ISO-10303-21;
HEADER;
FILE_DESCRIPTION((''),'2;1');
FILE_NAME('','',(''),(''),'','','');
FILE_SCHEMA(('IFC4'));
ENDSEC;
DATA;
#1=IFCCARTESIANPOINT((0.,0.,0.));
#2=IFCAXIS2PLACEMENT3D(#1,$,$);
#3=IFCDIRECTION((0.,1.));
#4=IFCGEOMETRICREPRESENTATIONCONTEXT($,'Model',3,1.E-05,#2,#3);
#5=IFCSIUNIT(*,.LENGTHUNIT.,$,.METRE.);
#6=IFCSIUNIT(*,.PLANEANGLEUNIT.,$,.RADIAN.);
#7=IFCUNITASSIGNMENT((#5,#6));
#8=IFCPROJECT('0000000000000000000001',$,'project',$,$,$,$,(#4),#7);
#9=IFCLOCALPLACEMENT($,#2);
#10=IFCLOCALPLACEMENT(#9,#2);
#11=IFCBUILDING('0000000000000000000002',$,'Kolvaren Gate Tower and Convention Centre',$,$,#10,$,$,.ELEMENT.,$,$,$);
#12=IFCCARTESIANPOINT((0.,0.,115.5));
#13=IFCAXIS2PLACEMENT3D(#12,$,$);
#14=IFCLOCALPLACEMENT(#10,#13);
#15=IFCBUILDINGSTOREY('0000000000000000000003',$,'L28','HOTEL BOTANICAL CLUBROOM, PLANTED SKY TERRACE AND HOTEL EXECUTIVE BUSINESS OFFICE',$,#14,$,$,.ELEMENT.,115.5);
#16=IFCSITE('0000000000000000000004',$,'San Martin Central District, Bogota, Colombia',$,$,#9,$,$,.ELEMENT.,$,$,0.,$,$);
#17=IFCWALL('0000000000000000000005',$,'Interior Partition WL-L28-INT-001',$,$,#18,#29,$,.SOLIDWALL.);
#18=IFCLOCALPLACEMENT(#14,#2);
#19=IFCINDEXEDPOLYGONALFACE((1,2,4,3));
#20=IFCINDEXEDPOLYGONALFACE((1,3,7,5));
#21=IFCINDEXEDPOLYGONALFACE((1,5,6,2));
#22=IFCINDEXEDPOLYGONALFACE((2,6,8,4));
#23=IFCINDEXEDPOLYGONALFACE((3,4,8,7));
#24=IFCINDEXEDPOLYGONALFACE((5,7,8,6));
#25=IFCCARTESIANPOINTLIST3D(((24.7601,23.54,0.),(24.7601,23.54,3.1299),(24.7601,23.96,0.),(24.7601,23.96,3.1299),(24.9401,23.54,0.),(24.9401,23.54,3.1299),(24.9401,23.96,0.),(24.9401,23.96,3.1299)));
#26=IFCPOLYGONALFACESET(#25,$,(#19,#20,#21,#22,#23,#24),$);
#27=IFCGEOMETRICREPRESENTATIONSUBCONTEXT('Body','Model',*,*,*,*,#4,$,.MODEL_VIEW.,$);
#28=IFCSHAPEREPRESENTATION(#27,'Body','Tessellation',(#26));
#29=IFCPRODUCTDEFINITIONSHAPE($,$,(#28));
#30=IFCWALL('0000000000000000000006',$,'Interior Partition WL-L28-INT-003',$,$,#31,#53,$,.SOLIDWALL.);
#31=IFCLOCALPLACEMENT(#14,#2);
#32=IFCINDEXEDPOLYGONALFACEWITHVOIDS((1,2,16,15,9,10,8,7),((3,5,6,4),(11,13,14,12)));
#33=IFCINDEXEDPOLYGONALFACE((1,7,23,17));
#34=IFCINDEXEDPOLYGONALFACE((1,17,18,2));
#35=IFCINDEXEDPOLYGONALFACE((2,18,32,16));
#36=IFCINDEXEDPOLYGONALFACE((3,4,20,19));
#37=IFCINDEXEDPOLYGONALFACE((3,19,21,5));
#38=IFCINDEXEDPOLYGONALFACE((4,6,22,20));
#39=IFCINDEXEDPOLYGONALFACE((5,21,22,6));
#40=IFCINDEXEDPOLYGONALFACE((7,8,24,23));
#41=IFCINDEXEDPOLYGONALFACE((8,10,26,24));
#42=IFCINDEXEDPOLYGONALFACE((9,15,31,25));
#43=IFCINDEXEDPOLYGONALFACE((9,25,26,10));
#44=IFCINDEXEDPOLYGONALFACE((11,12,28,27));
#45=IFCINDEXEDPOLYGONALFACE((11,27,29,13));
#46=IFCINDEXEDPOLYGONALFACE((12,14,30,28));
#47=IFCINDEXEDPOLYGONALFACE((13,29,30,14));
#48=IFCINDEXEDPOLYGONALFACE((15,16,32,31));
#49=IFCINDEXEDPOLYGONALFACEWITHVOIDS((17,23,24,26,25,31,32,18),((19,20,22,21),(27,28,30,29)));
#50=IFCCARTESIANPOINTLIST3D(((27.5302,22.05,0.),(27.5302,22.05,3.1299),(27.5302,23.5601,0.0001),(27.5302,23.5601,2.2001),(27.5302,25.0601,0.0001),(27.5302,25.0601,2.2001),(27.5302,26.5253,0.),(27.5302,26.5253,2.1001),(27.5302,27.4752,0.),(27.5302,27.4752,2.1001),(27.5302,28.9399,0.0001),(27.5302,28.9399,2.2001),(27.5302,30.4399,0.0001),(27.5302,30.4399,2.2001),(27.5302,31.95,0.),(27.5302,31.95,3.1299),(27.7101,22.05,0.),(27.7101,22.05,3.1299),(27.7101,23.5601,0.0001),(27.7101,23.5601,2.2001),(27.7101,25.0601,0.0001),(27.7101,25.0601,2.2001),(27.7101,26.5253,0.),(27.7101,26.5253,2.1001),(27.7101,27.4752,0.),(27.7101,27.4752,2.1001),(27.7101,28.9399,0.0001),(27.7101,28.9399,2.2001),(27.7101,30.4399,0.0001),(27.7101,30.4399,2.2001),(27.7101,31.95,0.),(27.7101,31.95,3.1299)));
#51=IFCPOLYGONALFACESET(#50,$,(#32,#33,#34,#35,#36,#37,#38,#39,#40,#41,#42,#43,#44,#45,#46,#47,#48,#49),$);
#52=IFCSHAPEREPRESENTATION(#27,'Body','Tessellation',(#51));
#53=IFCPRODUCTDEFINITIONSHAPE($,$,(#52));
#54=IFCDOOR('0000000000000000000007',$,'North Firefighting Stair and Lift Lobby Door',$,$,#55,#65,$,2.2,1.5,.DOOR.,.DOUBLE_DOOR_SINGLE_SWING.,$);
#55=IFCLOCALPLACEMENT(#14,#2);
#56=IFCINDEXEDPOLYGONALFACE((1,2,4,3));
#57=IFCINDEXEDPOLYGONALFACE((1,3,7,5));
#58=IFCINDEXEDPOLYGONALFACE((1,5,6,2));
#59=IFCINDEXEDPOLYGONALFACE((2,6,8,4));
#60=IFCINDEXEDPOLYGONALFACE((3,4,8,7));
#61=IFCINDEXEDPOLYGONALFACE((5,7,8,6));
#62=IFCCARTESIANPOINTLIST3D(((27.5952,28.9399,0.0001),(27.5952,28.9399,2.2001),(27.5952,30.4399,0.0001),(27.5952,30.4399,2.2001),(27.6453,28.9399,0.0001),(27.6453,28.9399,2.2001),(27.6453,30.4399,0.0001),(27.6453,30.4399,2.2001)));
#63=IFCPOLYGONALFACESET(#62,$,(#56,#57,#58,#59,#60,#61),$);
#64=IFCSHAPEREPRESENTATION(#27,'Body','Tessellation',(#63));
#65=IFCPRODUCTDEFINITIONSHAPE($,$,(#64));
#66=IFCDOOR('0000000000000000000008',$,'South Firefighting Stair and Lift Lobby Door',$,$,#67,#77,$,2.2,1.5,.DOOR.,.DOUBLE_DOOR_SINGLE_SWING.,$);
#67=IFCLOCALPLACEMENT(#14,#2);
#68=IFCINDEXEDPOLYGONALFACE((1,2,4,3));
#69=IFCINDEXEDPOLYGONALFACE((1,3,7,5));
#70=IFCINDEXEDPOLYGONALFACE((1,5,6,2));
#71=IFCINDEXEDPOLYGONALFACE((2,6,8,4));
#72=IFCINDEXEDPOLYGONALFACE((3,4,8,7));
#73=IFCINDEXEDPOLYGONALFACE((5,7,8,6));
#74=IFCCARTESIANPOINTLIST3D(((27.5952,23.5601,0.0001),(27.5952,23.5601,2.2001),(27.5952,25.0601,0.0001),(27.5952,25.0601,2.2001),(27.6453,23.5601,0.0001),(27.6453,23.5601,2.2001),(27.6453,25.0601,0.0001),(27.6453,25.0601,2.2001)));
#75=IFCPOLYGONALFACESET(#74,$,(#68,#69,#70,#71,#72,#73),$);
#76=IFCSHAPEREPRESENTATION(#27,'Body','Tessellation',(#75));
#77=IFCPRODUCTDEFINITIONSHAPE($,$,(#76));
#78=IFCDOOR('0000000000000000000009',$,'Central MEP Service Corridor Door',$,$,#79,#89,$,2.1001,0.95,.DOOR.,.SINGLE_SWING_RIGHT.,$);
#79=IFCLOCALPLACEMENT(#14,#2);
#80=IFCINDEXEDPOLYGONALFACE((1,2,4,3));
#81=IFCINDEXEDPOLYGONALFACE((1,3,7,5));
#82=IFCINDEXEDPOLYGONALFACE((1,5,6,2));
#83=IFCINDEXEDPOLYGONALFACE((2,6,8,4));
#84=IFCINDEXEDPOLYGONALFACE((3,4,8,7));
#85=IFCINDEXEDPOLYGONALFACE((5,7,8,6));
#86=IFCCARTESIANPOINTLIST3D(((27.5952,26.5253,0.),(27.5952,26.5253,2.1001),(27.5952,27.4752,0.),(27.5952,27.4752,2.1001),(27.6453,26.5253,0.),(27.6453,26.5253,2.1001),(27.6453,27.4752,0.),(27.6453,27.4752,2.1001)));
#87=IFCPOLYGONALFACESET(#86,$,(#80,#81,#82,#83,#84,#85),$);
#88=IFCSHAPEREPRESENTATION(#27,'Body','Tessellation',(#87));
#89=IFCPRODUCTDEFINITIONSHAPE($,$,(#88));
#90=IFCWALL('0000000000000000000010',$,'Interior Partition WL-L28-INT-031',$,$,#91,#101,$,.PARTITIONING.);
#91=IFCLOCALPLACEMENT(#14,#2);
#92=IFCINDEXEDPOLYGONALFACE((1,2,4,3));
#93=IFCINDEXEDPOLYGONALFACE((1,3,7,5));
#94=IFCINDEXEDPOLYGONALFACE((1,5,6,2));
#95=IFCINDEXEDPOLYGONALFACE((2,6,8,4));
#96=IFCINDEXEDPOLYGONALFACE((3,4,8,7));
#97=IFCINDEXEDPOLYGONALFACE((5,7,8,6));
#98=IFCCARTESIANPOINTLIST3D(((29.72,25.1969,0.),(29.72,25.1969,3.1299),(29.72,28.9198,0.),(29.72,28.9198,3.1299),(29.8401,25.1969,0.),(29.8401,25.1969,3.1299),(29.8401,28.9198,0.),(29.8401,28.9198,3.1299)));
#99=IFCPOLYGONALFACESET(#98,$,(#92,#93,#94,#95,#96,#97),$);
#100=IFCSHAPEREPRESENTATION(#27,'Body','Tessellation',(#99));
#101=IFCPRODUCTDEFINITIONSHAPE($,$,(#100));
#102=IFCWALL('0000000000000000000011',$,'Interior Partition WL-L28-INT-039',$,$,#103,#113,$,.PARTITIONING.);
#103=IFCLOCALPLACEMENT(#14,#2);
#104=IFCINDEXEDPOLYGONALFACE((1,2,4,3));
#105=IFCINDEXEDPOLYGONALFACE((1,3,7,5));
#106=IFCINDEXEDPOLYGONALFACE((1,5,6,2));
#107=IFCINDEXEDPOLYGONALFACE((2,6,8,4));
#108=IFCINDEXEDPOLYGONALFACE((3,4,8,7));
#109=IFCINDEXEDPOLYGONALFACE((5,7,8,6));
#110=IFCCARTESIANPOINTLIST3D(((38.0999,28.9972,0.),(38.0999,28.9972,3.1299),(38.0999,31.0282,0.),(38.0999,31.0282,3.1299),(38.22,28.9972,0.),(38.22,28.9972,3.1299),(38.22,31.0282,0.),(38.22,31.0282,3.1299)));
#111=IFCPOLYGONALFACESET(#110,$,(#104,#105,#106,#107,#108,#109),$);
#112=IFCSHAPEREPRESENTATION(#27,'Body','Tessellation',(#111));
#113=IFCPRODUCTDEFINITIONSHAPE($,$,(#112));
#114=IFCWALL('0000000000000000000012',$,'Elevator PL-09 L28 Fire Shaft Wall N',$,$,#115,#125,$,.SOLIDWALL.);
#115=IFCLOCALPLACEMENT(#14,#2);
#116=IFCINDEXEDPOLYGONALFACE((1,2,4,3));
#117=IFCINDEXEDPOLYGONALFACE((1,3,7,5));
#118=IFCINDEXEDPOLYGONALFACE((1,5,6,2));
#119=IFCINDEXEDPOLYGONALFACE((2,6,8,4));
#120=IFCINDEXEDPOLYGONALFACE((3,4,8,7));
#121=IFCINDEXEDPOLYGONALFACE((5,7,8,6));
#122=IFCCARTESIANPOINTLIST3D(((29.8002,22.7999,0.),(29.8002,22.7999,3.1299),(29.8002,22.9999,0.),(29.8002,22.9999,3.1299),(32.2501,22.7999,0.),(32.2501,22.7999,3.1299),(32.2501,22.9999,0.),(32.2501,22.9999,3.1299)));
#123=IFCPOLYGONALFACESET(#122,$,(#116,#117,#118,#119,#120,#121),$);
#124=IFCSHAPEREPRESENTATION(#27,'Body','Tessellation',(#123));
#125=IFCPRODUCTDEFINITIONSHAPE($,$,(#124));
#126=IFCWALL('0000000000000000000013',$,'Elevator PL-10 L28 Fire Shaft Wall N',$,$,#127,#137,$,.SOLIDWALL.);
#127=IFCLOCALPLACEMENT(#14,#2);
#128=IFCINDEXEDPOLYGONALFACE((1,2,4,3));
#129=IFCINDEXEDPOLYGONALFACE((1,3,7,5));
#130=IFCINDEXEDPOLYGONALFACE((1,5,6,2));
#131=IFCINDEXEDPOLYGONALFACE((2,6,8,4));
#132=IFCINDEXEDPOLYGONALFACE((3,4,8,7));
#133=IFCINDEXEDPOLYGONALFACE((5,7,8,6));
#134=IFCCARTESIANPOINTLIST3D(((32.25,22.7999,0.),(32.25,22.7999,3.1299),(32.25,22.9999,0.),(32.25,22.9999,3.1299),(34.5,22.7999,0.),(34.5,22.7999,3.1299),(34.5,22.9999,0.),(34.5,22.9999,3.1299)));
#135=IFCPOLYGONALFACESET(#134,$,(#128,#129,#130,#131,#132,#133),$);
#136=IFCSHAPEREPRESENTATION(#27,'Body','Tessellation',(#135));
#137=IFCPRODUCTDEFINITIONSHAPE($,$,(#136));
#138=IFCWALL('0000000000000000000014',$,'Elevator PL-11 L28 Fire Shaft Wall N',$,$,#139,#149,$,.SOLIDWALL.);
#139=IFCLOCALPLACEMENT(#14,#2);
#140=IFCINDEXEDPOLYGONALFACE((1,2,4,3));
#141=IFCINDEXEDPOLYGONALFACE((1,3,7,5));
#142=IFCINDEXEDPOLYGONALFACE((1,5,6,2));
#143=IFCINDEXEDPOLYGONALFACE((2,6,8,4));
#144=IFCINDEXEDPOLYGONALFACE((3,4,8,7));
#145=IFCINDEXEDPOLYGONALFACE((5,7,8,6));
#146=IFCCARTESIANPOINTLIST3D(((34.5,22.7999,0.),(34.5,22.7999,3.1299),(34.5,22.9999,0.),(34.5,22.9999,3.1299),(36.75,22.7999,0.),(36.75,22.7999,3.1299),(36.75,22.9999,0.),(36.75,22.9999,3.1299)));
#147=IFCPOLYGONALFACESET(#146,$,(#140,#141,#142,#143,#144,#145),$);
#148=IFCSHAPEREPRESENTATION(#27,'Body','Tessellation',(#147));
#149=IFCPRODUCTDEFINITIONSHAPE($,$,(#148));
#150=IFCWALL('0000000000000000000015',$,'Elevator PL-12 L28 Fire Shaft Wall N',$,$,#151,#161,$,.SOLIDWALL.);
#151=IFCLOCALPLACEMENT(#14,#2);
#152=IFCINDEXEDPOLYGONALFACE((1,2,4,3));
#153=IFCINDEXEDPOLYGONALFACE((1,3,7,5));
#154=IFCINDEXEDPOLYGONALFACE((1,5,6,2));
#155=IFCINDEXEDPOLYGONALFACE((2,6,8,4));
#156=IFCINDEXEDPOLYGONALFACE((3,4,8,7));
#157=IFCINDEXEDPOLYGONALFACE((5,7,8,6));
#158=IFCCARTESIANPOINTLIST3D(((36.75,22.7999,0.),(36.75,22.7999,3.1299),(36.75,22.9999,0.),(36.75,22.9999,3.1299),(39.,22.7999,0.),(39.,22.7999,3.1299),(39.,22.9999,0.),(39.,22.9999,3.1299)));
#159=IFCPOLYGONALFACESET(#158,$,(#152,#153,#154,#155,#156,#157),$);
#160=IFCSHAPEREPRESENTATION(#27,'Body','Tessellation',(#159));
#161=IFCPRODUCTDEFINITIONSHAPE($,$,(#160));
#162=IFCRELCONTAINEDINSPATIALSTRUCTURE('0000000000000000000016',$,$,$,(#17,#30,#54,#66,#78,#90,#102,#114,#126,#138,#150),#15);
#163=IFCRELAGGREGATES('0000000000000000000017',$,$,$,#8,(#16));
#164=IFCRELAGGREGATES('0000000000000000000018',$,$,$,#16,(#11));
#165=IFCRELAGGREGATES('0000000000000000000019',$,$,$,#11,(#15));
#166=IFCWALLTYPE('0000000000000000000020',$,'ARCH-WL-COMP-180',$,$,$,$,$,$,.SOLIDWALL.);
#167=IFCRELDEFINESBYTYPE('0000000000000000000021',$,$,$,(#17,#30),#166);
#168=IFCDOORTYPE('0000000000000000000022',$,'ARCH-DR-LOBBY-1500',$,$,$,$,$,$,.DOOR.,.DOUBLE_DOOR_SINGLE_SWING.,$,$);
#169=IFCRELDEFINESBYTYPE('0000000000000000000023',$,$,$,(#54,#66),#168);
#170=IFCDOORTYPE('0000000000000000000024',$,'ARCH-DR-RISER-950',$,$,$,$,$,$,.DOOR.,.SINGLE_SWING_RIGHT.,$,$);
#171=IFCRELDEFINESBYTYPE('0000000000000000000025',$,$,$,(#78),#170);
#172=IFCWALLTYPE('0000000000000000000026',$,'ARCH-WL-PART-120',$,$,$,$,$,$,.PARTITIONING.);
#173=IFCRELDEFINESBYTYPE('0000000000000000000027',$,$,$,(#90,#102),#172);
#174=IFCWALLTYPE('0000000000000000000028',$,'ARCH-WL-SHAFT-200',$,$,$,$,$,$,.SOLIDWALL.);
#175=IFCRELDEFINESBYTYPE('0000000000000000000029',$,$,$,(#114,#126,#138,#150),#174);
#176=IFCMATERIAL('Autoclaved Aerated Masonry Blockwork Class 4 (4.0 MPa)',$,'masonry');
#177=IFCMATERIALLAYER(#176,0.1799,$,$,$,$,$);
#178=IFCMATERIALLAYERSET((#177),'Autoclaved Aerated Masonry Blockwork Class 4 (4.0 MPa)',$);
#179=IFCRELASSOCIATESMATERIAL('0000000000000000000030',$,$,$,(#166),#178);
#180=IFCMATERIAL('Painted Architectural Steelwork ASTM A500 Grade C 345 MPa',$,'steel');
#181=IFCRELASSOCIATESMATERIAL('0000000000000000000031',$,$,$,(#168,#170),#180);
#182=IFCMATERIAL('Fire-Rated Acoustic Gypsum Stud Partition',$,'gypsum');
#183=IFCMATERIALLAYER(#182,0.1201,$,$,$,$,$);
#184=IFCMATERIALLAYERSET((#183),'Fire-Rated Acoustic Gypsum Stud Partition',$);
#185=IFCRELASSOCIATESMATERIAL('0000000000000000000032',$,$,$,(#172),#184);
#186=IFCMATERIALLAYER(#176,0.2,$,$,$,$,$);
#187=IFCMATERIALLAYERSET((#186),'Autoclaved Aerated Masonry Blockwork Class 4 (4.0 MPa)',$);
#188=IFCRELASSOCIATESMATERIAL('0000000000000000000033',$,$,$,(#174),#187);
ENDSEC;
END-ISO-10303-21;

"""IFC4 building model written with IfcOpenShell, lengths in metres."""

from ifc_helpers import new_model, si_unit, direction, frame, frame_2d, origin, place, context, subcontext, project, spatial, rectangle, extrude, material, layer, layer_set, type_object, element, fill, save


model = new_model("IFC4")

# Units and contexts
model_context = context("Model", 3, precision=1e-05, world=origin(), true_north=direction((0.0, 1.0)))
body_context = subcontext(model_context, "Body", "Model", "MODEL_VIEW")
ifc_project = project(units=[si_unit("LENGTHUNIT", "METRE"), si_unit("PLANEANGLEUNIT", "RADIAN")], contexts=[model_context])

# Site, building, storey
site_placement = place(None, origin())
site = spatial("IfcSite", under=ifc_project, at=site_placement, Name="San Martin Central District, Bogota, Colombia", CompositionType="ELEMENT", RefElevation=0.0)
building_placement = place(site_placement, origin())
building = spatial("IfcBuilding", under=site, at=building_placement, Name="Kolvaren Gate Tower and Convention Centre", CompositionType="ELEMENT")
storey_placement = place(building_placement, frame((0.0, 0.0, 115.5)))
storey = spatial("IfcBuildingStorey", under=building, at=storey_placement, Name="L28", Description="HOTEL BOTANICAL CLUBROOM, PLANTED SKY TERRACE AND HOTEL EXECUTIVE BUSINESS OFFICE", CompositionType="ELEMENT", Elevation=115.5)

# Wall
ifc_material_1 = material(Name="Autoclaved Aerated Masonry Blockwork Class 4 (4.0 MPa)", Category="masonry")
ifc_layer_1 = layer(ifc_material_1, 0.1799)
ifc_layer_set_1 = layer_set([ifc_layer_1], Name="Autoclaved Aerated Masonry Blockwork Class 4 (4.0 MPa)")
wall_type_1 = type_object("IfcWallType", Name="ARCH-WL-COMP-180", PredefinedType="SOLIDWALL", material=ifc_layer_set_1)
wall_1_placement = place(storey_placement, frame((24.8501, 23.54, 0.0), z_axis=(0.0, 0.0, 1.0), x_axis=(0.0, 1.0, 0.0)))
element("IfcWall", 1, at=wall_1_placement, inside=storey, type_object=wall_type_1, Name="Interior Partition WL-L28-INT-001", PredefinedType="SOLIDWALL", context=body_context, shape_type="SweptSolid", body=[
    extrude(rectangle(XDim=0.4199, YDim=0.1799, at=frame_2d((0.21, 0.0))), origin(), (0.0, 0.0, 1.0), 3.1299),
])

# Wall, openings, doors
wall_2_placement = place(storey_placement, frame((27.6201, 22.05, 0.0), z_axis=(0.0, 0.0, 1.0), x_axis=(0.0, 1.0, 0.0)))
wall_2 = element("IfcWall", 2, at=wall_2_placement, inside=storey, type_object=wall_type_1, Name="Interior Partition WL-L28-INT-003", PredefinedType="SOLIDWALL", context=body_context, shape_type="SweptSolid", body=[
    extrude(rectangle(XDim=9.8999, YDim=0.1799, at=frame_2d((4.95, 0.0))), origin(), (0.0, 0.0, 1.0), 3.1299),
])
opening_1_placement = place(wall_2_placement, frame((4.4751, 0.0, 0.0)))
opening_1 = element("IfcOpeningElement", 3, at=opening_1_placement, cuts=wall_2, PredefinedType="OPENING", context=body_context, shape_type="SweptSolid", body=[
    extrude(rectangle(XDim=0.95, YDim=2.1001, at=frame_2d((0.4751, 1.05))), frame((0.0, 0.0999, 0.0), z_axis=(0.0, -1.0, 0.0), x_axis=(1.0, 0.0, 0.0)), (0.0, 0.0, 1.0), 0.2),
])
opening_2_placement = place(wall_2_placement, frame((6.8899, 0.0, 0.0)))
opening_2 = element("IfcOpeningElement", 4, at=opening_2_placement, cuts=wall_2, PredefinedType="OPENING", context=body_context, shape_type="SweptSolid", body=[
    extrude(rectangle(XDim=1.5, YDim=2.2, at=frame_2d((0.75, 1.1001))), frame((0.0, 0.0999, 0.0), z_axis=(0.0, -1.0, 0.0), x_axis=(1.0, 0.0, 0.0)), (0.0, 0.0, 1.0), 0.2),
])
opening_3_placement = place(wall_2_placement, frame((1.51, 0.0, 0.0)))
opening_3 = element("IfcOpeningElement", 5, at=opening_3_placement, cuts=wall_2, PredefinedType="OPENING", context=body_context, shape_type="SweptSolid", body=[
    extrude(rectangle(XDim=1.5, YDim=2.2, at=frame_2d((0.75, 1.1001))), frame((0.0, 0.0999, 0.0), z_axis=(0.0, -1.0, 0.0), x_axis=(1.0, 0.0, 0.0)), (0.0, 0.0, 1.0), 0.2),
])
ifc_material_2 = material(Name="Painted Architectural Steelwork ASTM A500 Grade C 345 MPa", Category="steel")
door_type_1 = type_object("IfcDoorType", Name="ARCH-DR-LOBBY-1500", OperationType="DOUBLE_DOOR_SINGLE_SWING", PredefinedType="DOOR", material=ifc_material_2)
door_1_placement = place(opening_2_placement, origin())
door_1 = element("IfcDoor", 6, at=door_1_placement, inside=storey, type_object=door_type_1, Name="North Firefighting Stair and Lift Lobby Door", OperationType="DOUBLE_DOOR_SINGLE_SWING", OverallHeight=2.2, OverallWidth=1.5, PredefinedType="DOOR", context=body_context, shape_type="SweptSolid", body=[
    extrude(rectangle(XDim=1.5, YDim=2.2, at=frame_2d((0.75, 1.1001))), frame((0.0, 0.0249, 0.0), z_axis=(0.0, -1.0, 0.0), x_axis=(1.0, 0.0, 0.0)), (0.0, 0.0, 1.0), 0.05),
])
fill(opening_2, door_1)
door_2_placement = place(opening_3_placement, origin())
door_2 = element("IfcDoor", 7, at=door_2_placement, inside=storey, type_object=door_type_1, Name="South Firefighting Stair and Lift Lobby Door", OperationType="DOUBLE_DOOR_SINGLE_SWING", OverallHeight=2.2, OverallWidth=1.5, PredefinedType="DOOR", context=body_context, shape_type="SweptSolid", body=[
    extrude(rectangle(XDim=1.5, YDim=2.2, at=frame_2d((0.75, 1.1001))), frame((0.0, 0.0249, 0.0), z_axis=(0.0, -1.0, 0.0), x_axis=(1.0, 0.0, 0.0)), (0.0, 0.0, 1.0), 0.05),
])
fill(opening_3, door_2)
door_type_2 = type_object("IfcDoorType", Name="ARCH-DR-RISER-950", OperationType="SINGLE_SWING_RIGHT", PredefinedType="DOOR", material=ifc_material_2)
door_3_placement = place(opening_1_placement, origin())
door_3 = element("IfcDoor", 8, at=door_3_placement, inside=storey, type_object=door_type_2, Name="Central MEP Service Corridor Door", OperationType="SINGLE_SWING_RIGHT", OverallHeight=2.1001, OverallWidth=0.95, PredefinedType="DOOR", context=body_context, shape_type="SweptSolid", body=[
    extrude(rectangle(XDim=0.95, YDim=2.1001, at=frame_2d((0.4751, 1.05))), frame((0.0, 0.0249, 0.0), z_axis=(0.0, -1.0, 0.0), x_axis=(1.0, 0.0, 0.0)), (0.0, 0.0, 1.0), 0.05),
])
fill(opening_1, door_3)

# Walls
ifc_material_3 = material(Name="Fire-Rated Acoustic Gypsum Stud Partition", Category="gypsum")
ifc_layer_2 = layer(ifc_material_3, 0.1201)
ifc_layer_set_2 = layer_set([ifc_layer_2], Name="Fire-Rated Acoustic Gypsum Stud Partition")
wall_type_2 = type_object("IfcWallType", Name="ARCH-WL-PART-120", PredefinedType="PARTITIONING", material=ifc_layer_set_2)
wall_3_placement = place(storey_placement, frame((29.78, 25.197, 0.0), z_axis=(0.0, 0.0, 1.0), x_axis=(0.0, 1.0, 0.0)))
element("IfcWall", 9, at=wall_3_placement, inside=storey, type_object=wall_type_2, Name="Interior Partition WL-L28-INT-031", PredefinedType="PARTITIONING", context=body_context, shape_type="SweptSolid", body=[
    extrude(rectangle(XDim=3.7229, YDim=0.1201, at=frame_2d((1.8613, 0.0))), origin(), (0.0, 0.0, 1.0), 3.1299),
])
wall_4_placement = place(storey_placement, frame((38.1599, 28.9971, 0.0), z_axis=(0.0, 0.0, 1.0), x_axis=(0.0, 1.0, 0.0)))
element("IfcWall", 10, at=wall_4_placement, inside=storey, type_object=wall_type_2, Name="Interior Partition WL-L28-INT-039", PredefinedType="PARTITIONING", context=body_context, shape_type="SweptSolid", body=[
    extrude(rectangle(XDim=2.031, YDim=0.1201, at=frame_2d((1.0156, 0.0))), origin(), (0.0, 0.0, 1.0), 3.1299),
])
ifc_layer_3 = layer(ifc_material_1, 0.2)
ifc_layer_set_3 = layer_set([ifc_layer_3], Name="Autoclaved Aerated Masonry Blockwork Class 4 (4.0 MPa)")
wall_type_3 = type_object("IfcWallType", Name="ARCH-WL-SHAFT-200", PredefinedType="SOLIDWALL", material=ifc_layer_set_3)
wall_5_placement = place(storey_placement, frame((29.8, 22.8999, 0.0), z_axis=(0.0, 0.0, 1.0), x_axis=(1.0, 0.0, 0.0)))
element("IfcWall", 11, at=wall_5_placement, inside=storey, type_object=wall_type_3, Name="Elevator PL-09 L28 Fire Shaft Wall N", PredefinedType="SOLIDWALL", context=body_context, shape_type="SweptSolid", body=[
    extrude(rectangle(XDim=2.45, YDim=0.2, at=frame_2d((1.2251, 0.0))), origin(), (0.0, 0.0, 1.0), 3.1299),
])
for number, where, z_axis, x_axis, name in (
    (12, (32.25, 22.8999, 0.0), (0.0, 0.0, 1.0), (1.0, 0.0, 0.0), "Elevator PL-10 L28 Fire Shaft Wall N"),
    (13, (34.5, 22.8999, 0.0), (0.0, 0.0, 1.0), (1.0, 0.0, 0.0), "Elevator PL-11 L28 Fire Shaft Wall N"),
    (14, (36.75, 22.8999, 0.0), (0.0, 0.0, 1.0), (1.0, 0.0, 0.0), "Elevator PL-12 L28 Fire Shaft Wall N"),
):
    element("IfcWall", number, at=place(storey_placement, frame(where, z_axis=z_axis, x_axis=x_axis)), inside=storey, type_object=wall_type_3, Name=name, PredefinedType="SOLIDWALL", context=body_context, shape_type="SweptSolid", body=[
        extrude(rectangle(XDim=2.25, YDim=0.2, at=frame_2d((1.125, 0.0))), origin(), (0.0, 0.0, 1.0), 3.1299),
    ])

save(model, "model.ifc")
